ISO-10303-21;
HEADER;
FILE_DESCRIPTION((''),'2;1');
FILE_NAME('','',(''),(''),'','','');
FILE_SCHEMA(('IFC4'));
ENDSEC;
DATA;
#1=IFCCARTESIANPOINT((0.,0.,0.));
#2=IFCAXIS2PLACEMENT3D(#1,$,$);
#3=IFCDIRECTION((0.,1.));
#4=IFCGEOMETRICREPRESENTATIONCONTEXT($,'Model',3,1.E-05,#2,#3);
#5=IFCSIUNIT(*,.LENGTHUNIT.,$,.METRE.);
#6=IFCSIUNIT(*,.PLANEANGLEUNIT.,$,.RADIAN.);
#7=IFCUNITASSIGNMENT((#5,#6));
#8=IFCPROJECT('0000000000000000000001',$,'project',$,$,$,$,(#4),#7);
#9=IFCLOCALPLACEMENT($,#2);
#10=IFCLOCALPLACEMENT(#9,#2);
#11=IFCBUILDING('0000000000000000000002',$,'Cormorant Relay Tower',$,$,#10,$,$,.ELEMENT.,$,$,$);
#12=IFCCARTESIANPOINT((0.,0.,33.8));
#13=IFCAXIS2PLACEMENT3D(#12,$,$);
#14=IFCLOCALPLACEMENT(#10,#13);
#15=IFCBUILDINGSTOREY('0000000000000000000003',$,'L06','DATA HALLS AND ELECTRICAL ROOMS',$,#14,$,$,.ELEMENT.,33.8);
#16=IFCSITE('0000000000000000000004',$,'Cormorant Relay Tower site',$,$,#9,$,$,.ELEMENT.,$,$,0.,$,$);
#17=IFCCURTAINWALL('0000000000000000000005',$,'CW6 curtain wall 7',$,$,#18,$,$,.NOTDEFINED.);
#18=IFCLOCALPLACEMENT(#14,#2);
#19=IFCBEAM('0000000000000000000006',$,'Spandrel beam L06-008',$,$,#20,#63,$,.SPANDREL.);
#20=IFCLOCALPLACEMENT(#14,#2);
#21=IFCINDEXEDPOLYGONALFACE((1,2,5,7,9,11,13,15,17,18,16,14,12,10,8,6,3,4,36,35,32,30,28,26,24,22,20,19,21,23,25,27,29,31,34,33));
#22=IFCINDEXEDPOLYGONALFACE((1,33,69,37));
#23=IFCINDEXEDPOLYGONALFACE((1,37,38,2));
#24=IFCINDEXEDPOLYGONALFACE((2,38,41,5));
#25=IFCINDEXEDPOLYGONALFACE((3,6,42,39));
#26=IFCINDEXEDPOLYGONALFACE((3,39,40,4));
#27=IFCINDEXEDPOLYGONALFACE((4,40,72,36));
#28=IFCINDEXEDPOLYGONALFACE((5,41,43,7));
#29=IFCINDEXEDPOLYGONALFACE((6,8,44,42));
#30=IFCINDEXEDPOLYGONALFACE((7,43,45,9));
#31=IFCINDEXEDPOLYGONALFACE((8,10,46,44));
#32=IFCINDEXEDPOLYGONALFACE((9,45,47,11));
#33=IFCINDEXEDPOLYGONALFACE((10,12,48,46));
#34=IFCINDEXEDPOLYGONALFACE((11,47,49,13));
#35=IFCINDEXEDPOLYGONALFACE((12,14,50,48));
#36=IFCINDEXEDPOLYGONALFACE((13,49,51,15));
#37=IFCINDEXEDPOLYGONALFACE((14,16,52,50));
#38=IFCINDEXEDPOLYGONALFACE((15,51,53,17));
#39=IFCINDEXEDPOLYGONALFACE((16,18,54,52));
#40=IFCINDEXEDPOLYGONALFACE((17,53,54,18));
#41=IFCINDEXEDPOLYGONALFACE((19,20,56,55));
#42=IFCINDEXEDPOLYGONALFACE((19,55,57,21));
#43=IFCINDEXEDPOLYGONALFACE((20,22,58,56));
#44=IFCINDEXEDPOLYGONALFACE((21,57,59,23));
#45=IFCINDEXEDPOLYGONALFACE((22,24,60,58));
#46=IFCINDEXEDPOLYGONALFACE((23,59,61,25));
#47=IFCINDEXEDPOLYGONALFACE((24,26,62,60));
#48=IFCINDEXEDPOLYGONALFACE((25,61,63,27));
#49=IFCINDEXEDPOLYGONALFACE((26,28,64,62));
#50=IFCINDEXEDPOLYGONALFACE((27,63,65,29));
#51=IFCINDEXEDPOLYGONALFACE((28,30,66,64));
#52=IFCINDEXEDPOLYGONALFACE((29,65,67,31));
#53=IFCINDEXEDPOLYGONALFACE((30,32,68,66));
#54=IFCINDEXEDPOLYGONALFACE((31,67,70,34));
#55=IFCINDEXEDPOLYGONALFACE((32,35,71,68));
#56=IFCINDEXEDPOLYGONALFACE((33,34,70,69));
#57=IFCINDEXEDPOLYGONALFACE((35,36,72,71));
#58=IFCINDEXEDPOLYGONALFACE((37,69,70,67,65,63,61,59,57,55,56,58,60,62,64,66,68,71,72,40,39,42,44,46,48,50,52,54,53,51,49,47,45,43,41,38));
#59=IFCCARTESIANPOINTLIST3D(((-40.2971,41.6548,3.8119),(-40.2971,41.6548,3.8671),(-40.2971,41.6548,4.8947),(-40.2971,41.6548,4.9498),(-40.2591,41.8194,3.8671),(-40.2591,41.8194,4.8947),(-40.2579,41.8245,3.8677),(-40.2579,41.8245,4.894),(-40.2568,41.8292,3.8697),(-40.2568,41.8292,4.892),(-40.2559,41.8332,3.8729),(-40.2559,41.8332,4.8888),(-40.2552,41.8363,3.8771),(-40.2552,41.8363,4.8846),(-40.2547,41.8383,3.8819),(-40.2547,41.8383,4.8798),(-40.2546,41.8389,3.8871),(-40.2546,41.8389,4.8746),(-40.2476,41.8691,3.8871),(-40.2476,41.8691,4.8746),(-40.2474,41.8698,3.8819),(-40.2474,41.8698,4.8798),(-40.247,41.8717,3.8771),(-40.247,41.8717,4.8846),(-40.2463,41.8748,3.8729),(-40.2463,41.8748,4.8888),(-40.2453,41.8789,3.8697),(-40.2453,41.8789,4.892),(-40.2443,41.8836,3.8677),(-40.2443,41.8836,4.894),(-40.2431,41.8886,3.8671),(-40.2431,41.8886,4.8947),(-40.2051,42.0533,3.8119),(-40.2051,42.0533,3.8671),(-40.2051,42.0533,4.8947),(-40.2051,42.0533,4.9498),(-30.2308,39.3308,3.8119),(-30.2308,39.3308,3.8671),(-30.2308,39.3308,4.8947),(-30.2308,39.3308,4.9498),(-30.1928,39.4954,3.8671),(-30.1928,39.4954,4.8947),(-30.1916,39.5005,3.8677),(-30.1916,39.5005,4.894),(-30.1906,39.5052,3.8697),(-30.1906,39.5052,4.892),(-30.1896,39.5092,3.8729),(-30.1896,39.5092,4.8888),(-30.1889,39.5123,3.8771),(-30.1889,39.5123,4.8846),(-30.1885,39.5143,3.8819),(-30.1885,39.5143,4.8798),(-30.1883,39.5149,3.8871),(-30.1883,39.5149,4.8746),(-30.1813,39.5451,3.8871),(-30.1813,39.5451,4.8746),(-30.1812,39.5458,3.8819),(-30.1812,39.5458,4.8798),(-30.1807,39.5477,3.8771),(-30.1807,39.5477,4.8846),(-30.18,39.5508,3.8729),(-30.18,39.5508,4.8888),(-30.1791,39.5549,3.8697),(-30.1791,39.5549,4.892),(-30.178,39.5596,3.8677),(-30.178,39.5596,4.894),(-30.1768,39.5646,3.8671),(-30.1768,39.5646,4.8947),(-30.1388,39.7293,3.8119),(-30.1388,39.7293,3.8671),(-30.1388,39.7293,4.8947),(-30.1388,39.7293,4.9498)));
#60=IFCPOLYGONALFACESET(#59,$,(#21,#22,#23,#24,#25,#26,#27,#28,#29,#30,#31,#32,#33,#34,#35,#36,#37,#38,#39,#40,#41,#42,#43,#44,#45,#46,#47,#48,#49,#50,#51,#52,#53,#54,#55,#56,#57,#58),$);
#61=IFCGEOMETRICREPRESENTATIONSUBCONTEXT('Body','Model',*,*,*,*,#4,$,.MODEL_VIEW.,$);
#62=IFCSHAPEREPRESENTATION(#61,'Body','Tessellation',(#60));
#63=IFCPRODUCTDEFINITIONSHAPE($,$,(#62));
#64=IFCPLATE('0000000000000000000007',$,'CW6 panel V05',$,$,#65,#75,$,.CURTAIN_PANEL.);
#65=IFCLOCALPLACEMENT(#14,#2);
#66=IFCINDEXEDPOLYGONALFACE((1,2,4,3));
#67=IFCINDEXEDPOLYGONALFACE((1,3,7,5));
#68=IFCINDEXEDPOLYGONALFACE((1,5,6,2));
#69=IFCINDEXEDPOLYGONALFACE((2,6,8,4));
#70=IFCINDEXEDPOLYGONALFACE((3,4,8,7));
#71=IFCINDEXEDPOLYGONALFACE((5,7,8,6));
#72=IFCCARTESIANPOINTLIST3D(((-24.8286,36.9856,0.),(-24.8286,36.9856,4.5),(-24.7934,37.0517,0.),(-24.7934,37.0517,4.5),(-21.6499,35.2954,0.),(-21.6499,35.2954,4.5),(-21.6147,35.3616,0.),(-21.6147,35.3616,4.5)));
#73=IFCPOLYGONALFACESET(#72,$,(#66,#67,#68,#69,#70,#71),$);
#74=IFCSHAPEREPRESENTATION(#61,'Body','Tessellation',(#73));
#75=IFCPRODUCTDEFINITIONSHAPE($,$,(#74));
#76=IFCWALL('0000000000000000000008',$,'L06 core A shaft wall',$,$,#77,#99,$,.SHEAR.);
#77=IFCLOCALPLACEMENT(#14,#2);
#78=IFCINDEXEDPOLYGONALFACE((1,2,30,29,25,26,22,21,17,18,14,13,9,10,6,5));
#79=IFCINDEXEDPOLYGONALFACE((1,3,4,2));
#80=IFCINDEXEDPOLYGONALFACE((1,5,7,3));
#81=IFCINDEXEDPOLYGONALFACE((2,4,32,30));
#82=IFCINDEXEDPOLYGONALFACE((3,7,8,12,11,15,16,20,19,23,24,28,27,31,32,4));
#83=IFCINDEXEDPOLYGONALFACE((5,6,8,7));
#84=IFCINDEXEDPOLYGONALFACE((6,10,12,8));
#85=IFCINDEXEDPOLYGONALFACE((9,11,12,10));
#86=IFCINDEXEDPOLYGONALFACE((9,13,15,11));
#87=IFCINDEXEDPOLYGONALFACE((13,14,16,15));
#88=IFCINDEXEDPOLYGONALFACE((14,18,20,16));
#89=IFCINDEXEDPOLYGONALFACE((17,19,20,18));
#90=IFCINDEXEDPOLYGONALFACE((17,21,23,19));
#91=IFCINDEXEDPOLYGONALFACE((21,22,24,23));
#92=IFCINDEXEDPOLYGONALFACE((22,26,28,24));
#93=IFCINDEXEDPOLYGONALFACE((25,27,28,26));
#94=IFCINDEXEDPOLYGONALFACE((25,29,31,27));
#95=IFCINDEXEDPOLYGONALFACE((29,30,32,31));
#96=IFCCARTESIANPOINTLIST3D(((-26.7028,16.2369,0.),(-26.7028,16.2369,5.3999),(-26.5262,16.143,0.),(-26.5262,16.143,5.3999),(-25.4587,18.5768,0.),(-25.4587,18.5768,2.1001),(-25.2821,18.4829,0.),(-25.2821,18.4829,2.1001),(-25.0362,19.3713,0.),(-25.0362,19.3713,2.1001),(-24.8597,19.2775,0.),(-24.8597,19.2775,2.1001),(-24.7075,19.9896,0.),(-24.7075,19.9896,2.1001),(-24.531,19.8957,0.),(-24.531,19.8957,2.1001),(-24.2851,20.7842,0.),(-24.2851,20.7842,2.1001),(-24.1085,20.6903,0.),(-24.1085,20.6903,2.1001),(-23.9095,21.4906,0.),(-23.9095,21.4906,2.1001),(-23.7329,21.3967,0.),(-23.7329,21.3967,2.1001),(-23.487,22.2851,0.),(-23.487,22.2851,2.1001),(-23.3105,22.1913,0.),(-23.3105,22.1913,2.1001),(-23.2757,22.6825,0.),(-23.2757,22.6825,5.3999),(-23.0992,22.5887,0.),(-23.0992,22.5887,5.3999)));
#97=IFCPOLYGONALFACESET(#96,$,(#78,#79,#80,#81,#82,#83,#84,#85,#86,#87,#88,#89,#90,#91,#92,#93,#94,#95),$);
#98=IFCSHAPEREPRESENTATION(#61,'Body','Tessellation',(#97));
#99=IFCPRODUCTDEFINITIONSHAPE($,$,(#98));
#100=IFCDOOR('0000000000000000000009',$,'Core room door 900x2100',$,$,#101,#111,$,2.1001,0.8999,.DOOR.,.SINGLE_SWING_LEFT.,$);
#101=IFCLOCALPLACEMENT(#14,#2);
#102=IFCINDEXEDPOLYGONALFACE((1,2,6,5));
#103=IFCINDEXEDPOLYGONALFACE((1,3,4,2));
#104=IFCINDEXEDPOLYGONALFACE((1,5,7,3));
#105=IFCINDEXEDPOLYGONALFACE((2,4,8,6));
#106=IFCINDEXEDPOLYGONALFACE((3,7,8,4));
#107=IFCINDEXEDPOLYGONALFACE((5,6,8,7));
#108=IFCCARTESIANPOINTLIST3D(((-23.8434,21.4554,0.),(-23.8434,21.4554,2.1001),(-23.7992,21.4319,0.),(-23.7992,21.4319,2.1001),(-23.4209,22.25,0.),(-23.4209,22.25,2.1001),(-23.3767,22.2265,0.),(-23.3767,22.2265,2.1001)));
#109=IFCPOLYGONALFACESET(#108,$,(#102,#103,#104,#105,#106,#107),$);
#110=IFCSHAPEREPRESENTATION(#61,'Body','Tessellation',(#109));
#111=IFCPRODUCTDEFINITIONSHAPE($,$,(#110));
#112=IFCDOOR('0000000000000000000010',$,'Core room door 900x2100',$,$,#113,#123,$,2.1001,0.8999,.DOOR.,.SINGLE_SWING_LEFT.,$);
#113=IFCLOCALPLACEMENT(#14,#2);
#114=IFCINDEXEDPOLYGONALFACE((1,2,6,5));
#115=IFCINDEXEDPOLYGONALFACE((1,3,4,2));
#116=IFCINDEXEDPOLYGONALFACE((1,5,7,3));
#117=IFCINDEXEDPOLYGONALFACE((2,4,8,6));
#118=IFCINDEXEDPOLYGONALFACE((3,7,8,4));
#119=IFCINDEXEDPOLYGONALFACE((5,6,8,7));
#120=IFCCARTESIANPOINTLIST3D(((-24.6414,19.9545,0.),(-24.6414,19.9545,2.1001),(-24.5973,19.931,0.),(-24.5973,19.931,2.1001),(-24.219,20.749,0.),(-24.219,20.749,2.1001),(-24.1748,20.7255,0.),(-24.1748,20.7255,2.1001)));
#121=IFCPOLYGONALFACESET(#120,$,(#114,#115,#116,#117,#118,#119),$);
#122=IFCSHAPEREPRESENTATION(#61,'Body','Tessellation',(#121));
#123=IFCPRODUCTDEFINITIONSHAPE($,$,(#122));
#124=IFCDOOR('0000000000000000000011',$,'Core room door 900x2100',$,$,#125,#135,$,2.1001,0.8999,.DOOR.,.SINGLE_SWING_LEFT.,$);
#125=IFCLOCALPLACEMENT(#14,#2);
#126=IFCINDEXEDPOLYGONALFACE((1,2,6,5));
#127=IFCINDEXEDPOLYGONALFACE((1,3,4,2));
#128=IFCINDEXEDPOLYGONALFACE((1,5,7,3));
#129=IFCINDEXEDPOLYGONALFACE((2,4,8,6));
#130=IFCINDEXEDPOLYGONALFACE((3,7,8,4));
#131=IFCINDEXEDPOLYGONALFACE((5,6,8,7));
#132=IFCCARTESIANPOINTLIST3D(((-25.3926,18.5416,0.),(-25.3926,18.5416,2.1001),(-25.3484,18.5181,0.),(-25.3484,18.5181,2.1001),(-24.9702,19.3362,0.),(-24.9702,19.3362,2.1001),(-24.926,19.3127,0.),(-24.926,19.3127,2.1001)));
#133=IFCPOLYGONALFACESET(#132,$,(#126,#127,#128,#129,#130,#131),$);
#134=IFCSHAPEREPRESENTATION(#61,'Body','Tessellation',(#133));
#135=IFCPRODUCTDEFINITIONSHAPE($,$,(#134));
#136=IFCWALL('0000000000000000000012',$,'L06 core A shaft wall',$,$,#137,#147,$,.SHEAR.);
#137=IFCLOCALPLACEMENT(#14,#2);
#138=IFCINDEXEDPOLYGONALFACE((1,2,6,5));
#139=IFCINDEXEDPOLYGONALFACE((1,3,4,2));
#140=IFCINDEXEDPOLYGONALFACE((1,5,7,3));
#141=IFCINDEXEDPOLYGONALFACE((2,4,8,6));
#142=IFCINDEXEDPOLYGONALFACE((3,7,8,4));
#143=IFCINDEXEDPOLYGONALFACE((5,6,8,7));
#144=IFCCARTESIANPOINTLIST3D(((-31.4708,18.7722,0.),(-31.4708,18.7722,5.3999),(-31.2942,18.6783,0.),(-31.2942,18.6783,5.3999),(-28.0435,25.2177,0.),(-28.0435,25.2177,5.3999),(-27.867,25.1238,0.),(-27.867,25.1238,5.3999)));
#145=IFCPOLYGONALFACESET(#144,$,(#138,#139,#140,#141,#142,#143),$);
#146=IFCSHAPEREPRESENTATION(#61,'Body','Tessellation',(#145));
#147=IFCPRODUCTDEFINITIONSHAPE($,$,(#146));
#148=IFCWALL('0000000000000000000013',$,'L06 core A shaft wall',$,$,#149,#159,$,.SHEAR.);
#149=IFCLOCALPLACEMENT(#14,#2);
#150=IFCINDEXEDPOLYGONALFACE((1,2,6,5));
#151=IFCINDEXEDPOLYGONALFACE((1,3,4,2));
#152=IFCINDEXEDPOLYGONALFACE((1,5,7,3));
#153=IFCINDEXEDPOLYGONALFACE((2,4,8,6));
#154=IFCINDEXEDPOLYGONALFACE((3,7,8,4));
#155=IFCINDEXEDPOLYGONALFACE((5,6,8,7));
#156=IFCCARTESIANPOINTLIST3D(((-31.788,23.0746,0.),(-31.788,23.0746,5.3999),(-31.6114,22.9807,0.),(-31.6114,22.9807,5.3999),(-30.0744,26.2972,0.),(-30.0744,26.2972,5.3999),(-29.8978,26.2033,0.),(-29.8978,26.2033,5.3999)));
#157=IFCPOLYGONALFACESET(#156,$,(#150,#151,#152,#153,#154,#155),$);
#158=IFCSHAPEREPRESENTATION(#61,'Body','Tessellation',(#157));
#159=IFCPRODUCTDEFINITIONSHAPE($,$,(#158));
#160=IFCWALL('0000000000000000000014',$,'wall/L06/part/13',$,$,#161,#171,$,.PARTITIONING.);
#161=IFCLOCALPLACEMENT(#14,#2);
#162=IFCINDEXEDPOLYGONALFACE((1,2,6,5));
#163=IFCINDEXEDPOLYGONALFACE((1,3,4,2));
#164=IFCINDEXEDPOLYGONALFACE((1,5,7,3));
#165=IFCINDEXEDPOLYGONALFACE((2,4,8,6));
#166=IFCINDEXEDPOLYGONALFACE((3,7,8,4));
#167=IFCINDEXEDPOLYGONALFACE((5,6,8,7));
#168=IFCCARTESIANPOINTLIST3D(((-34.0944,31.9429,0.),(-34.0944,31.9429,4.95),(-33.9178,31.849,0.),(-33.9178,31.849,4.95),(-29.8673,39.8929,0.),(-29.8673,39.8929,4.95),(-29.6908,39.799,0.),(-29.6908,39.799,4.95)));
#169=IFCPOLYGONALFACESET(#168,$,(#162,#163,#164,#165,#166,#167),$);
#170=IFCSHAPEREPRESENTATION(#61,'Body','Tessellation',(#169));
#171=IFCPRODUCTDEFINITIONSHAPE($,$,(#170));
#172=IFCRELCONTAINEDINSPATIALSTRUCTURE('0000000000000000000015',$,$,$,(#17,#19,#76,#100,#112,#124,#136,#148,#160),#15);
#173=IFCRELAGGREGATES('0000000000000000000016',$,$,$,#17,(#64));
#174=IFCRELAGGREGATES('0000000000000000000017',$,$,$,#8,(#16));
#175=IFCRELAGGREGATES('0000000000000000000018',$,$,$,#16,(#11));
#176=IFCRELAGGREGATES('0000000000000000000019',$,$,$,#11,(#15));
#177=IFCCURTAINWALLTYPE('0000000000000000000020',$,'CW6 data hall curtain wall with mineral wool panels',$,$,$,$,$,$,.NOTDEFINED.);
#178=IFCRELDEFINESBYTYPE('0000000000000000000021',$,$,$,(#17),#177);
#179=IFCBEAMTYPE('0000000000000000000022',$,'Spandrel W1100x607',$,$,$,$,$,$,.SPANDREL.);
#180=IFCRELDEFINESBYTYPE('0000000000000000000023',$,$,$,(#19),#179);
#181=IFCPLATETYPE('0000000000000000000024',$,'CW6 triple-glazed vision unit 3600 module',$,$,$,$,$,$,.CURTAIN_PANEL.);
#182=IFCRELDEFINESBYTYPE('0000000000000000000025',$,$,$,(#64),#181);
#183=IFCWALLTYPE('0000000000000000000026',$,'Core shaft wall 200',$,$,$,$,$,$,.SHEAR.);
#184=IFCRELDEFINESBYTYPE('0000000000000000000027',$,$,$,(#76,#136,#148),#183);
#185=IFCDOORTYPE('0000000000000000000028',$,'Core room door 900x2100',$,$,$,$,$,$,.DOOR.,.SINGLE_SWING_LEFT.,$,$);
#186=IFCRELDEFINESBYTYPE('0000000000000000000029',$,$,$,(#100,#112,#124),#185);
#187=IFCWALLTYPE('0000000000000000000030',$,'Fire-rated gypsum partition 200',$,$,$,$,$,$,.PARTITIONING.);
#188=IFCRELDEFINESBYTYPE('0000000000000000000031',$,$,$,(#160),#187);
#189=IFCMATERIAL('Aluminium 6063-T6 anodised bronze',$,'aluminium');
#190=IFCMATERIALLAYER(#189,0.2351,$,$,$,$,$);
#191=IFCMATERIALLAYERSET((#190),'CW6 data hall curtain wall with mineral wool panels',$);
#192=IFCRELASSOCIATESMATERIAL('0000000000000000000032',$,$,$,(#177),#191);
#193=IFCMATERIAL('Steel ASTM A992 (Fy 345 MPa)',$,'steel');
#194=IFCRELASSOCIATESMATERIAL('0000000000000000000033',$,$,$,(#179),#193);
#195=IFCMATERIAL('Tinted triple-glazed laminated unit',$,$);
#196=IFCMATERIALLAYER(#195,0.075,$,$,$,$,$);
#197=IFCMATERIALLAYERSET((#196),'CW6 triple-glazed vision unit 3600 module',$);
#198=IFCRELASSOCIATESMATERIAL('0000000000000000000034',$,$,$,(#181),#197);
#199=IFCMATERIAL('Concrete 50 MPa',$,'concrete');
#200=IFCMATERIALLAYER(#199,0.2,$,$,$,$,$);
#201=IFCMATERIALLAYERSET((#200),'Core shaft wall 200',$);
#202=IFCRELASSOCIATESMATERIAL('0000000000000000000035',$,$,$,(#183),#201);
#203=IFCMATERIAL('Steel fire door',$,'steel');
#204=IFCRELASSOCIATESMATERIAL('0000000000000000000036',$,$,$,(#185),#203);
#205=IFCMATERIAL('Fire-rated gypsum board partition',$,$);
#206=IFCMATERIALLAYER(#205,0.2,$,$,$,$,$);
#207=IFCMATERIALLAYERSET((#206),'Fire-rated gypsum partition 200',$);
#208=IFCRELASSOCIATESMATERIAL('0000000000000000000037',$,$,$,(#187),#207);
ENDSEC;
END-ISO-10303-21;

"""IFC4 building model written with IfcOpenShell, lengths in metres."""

from ifc_helpers import new_model, si_unit, direction, frame, frame_2d, origin, origin_2d, place, context, subcontext, project, spatial, rectangle, i_section, extrude, material, layer, layer_set, material_profile, profile_set, type_object, element, fill, aggregate, save


model = new_model("IFC4")

# Units and contexts
model_context = context("Model", 3, precision=1e-05, world=origin(), true_north=direction((0.0, 1.0)))
body_context = subcontext(model_context, "Body", "Model", "MODEL_VIEW")
ifc_project = project(units=[si_unit("LENGTHUNIT", "METRE"), si_unit("PLANEANGLEUNIT", "RADIAN")], contexts=[model_context])

# Site, building, storey
site_placement = place(None, origin())
site = spatial("IfcSite", under=ifc_project, at=site_placement, Name="Cormorant Relay Tower site", CompositionType="ELEMENT", RefElevation=0.0)
building_placement = place(site_placement, origin())
building = spatial("IfcBuilding", under=site, at=building_placement, Name="Cormorant Relay Tower", CompositionType="ELEMENT")
storey_placement = place(building_placement, frame((0.0, 0.0, 33.8)))
storey = spatial("IfcBuildingStorey", under=building, at=storey_placement, Name="L06", Description="DATA HALLS AND ELECTRICAL ROOMS", CompositionType="ELEMENT", Elevation=33.8)

# Curtain wall
ifc_material_1 = material(Name="Aluminium 6063-T6 anodised bronze", Category="aluminium")
ifc_layer_1 = layer(ifc_material_1, 0.2351)
ifc_layer_set_1 = layer_set([ifc_layer_1], Name="CW6 data hall curtain wall with mineral wool panels")
curtain_wall_type = type_object("IfcCurtainWallType", Name="CW6 data hall curtain wall with mineral wool panels", PredefinedType="NOTDEFINED", material=ifc_layer_set_1)
curtain_wall_1_placement = place(storey_placement, origin())
curtain_wall_1 = element("IfcCurtainWall", 1, at=curtain_wall_1_placement, inside=storey, type_object=curtain_wall_type, Name="CW6 curtain wall 7", PredefinedType="NOTDEFINED")

# Beam
ifc_material_2 = material(Name="Steel ASTM A992 (Fy 345 MPa)", Category="steel")
ifc_material_profile_1 = material_profile(ifc_material_2, i_section(OverallWidth=0.4089, OverallDepth=1.1379, WebThickness=0.031, FlangeThickness=0.0552, FilletRadius=0.02, at=origin_2d()), Name="W1100x607")
ifc_profile_set_1 = profile_set([ifc_material_profile_1], Name="Steel ASTM A992 (Fy 345 MPa)")
beam_type = type_object("IfcBeamType", Name="Spandrel W1100x607", PredefinedType="SPANDREL", material=ifc_profile_set_1)
beam_placement = place(storey_placement, frame((-30.1848, 39.53, 4.3809), z_axis=(-0.97437, 0.224953, 0.0), x_axis=(-0.224953, -0.97437, 0.0)))
element("IfcBeam", 2, at=beam_placement, inside=storey, type_object=beam_type, Name="Spandrel beam L06-008", PredefinedType="SPANDREL", context=body_context, shape_type="SweptSolid", body=[
    extrude(i_section(OverallWidth=0.4089, OverallDepth=1.1379, WebThickness=0.031, FlangeThickness=0.0552, FilletRadius=0.02, at=origin_2d()), origin(), (0.0, 0.0, 1.0), 10.3311),
])

# Plate
ifc_material_3 = material(Name="Tinted triple-glazed laminated unit")
ifc_layer_2 = layer(ifc_material_3, 0.075)
ifc_layer_set_2 = layer_set([ifc_layer_2], Name="CW6 triple-glazed vision unit 3600 module")
plate_type = type_object("IfcPlateType", Name="CW6 triple-glazed vision unit 3600 module", PredefinedType="CURTAIN_PANEL", material=ifc_layer_set_2)
plate_placement = place(storey_placement, frame((-23.2217, 36.1736, 0.0), z_axis=(0.0, 0.0, 1.0), x_axis=(-0.882948, 0.469472, 0.0)))
plate = element("IfcPlate", 3, at=plate_placement, type_object=plate_type, Name="CW6 panel V05", PredefinedType="CURTAIN_PANEL", context=body_context, shape_type="SweptSolid", body=[
    extrude(rectangle(XDim=3.6001, YDim=0.075, at=origin_2d()), origin(), (0.0, 0.0, 1.0), 4.5),
])

# Wall, openings, doors
ifc_material_4 = material(Name="Concrete 50 MPa", Category="concrete")
ifc_layer_3 = layer(ifc_material_4, 0.2)
ifc_layer_set_3 = layer_set([ifc_layer_3], Name="Core shaft wall 200")
wall_type_1 = type_object("IfcWallType", Name="Core shaft wall 200", PredefinedType="SHEAR", material=ifc_layer_set_3)
wall_1_placement = place(storey_placement, frame((-23.1875, 22.6355, 0.0), z_axis=(0.0, 0.0, 1.0), x_axis=(-0.469454, -0.882957, 0.0)))
wall_1 = element("IfcWall", 4, at=wall_1_placement, inside=storey, type_object=wall_type_1, Name="L06 core A shaft wall", PredefinedType="SHEAR", context=body_context, shape_type="SweptSolid", body=[
    extrude(rectangle(XDim=7.3, YDim=0.2, at=frame_2d((3.6499, 0.0))), origin(), (0.0, 0.0, 1.0), 5.3999),
])
opening_1_placement = place(wall_1_placement, frame((0.45, 0.0, 0.0)))
opening_1 = element("IfcOpeningElement", 5, at=opening_1_placement, cuts=wall_1, PredefinedType="OPENING", context=body_context, shape_type="SweptSolid", body=[
    extrude(rectangle(XDim=0.8999, YDim=2.1001, at=frame_2d((0.45, 1.05))), frame((0.0, 0.1099, 0.0), z_axis=(0.0, -1.0, 0.0), x_axis=(1.0, 0.0, 0.0)), (0.0, 0.0, 1.0), 0.22),
])
opening_2_placement = place(wall_1_placement, frame((2.1499, 0.0, 0.0)))
opening_2 = element("IfcOpeningElement", 6, at=opening_2_placement, cuts=wall_1, PredefinedType="OPENING", context=body_context, shape_type="SweptSolid", body=[
    extrude(rectangle(XDim=0.8999, YDim=2.1001, at=frame_2d((0.45, 1.05))), frame((0.0, 0.1099, 0.0), z_axis=(0.0, -1.0, 0.0), x_axis=(1.0, 0.0, 0.0)), (0.0, 0.0, 1.0), 0.22),
])
opening_3_placement = place(wall_1_placement, frame((3.75, 0.0, 0.0)))
opening_3 = element("IfcOpeningElement", 7, at=opening_3_placement, cuts=wall_1, PredefinedType="OPENING", context=body_context, shape_type="SweptSolid", body=[
    extrude(rectangle(XDim=0.8999, YDim=2.1001, at=frame_2d((0.45, 1.05))), frame((0.0, 0.1099, 0.0), z_axis=(0.0, -1.0, 0.0), x_axis=(1.0, 0.0, 0.0)), (0.0, 0.0, 1.0), 0.22),
])
ifc_material_5 = material(Name="Steel fire door", Category="steel")
door_type_1 = type_object("IfcDoorType", Name="Core room door 900x2100", OperationType="SINGLE_SWING_LEFT", PredefinedType="DOOR", material=ifc_material_5)
door_1_placement = place(opening_1_placement, origin())
door_1 = element("IfcDoor", 8, at=door_1_placement, inside=storey, type_object=door_type_1, Name="Core room door 900x2100", OperationType="SINGLE_SWING_LEFT", OverallHeight=2.1001, OverallWidth=0.8999, PredefinedType="DOOR", context=body_context, shape_type="SweptSolid", body=[
    extrude(rectangle(XDim=0.8999, YDim=2.1001, at=frame_2d((0.45, 1.05))), frame((0.0, 0.0249, 0.0), z_axis=(0.0, -1.0, 0.0), x_axis=(1.0, 0.0, 0.0)), (0.0, 0.0, 1.0), 0.05),
])
fill(opening_1, door_1)
door_2_placement = place(opening_2_placement, origin())
door_2 = element("IfcDoor", 9, at=door_2_placement, inside=storey, type_object=door_type_1, Name="Core room door 900x2100", OperationType="SINGLE_SWING_LEFT", OverallHeight=2.1001, OverallWidth=0.8999, PredefinedType="DOOR", context=body_context, shape_type="SweptSolid", body=[
    extrude(rectangle(XDim=0.8999, YDim=2.1001, at=frame_2d((0.45, 1.05))), frame((0.0, 0.0249, 0.0), z_axis=(0.0, -1.0, 0.0), x_axis=(1.0, 0.0, 0.0)), (0.0, 0.0, 1.0), 0.05),
])
fill(opening_2, door_2)
door_3_placement = place(opening_3_placement, origin())
door_3 = element("IfcDoor", 10, at=door_3_placement, inside=storey, type_object=door_type_1, Name="Core room door 900x2100", OperationType="SINGLE_SWING_LEFT", OverallHeight=2.1001, OverallWidth=0.8999, PredefinedType="DOOR", context=body_context, shape_type="SweptSolid", body=[
    extrude(rectangle(XDim=0.8999, YDim=2.1001, at=frame_2d((0.45, 1.05))), frame((0.0, 0.0249, 0.0), z_axis=(0.0, -1.0, 0.0), x_axis=(1.0, 0.0, 0.0)), (0.0, 0.0, 1.0), 0.05),
])
fill(opening_3, door_3)

# Walls
wall_2_placement = place(storey_placement, frame((-27.9553, 25.1707, 0.0), z_axis=(0.0, 0.0, 1.0), x_axis=(-0.46948, -0.882943, 0.0)))
element("IfcWall", 11, at=wall_2_placement, inside=storey, type_object=wall_type_1, Name="L06 core A shaft wall", PredefinedType="SHEAR", context=body_context, shape_type="SweptSolid", body=[
    extrude(rectangle(XDim=7.3, YDim=0.2, at=frame_2d((3.6499, 0.0))), origin(), (0.0, 0.0, 1.0), 5.3999),
])
wall_3_placement = place(storey_placement, frame((-29.9861, 26.2502, 0.0), z_axis=(0.0, 0.0, 1.0), x_axis=(-0.469494, -0.882936, 0.0)))
element("IfcWall", 12, at=wall_3_placement, inside=storey, type_object=wall_type_1, Name="L06 core A shaft wall", PredefinedType="SHEAR", context=body_context, shape_type="SweptSolid", body=[
    extrude(rectangle(XDim=3.6499, YDim=0.2, at=frame_2d((1.825, 0.0))), origin(), (0.0, 0.0, 1.0), 5.3999),
])

# Wall
ifc_material_6 = material(Name="Fire-rated gypsum board partition")
ifc_layer_4 = layer(ifc_material_6, 0.2)
ifc_layer_set_4 = layer_set([ifc_layer_4], Name="Fire-rated gypsum partition 200")
wall_type_2 = type_object("IfcWallType", Name="Fire-rated gypsum partition 200", PredefinedType="PARTITIONING", material=ifc_layer_set_4)
wall_4_placement = place(storey_placement, frame((-29.7791, 39.8459, 0.0), z_axis=(0.0, 0.0, 1.0), x_axis=(-0.46947, -0.882948, 0.0)))
element("IfcWall", 13, at=wall_4_placement, inside=storey, type_object=wall_type_2, Name="wall/L06/part/13", PredefinedType="PARTITIONING", context=body_context, shape_type="SweptSolid", body=[
    extrude(rectangle(XDim=9.0039, YDim=0.2, at=frame_2d((4.502, 0.0))), origin(), (0.0, 0.0, 1.0), 4.95),
])

aggregate(curtain_wall_1, [plate])

save(model, "model.ifc")
